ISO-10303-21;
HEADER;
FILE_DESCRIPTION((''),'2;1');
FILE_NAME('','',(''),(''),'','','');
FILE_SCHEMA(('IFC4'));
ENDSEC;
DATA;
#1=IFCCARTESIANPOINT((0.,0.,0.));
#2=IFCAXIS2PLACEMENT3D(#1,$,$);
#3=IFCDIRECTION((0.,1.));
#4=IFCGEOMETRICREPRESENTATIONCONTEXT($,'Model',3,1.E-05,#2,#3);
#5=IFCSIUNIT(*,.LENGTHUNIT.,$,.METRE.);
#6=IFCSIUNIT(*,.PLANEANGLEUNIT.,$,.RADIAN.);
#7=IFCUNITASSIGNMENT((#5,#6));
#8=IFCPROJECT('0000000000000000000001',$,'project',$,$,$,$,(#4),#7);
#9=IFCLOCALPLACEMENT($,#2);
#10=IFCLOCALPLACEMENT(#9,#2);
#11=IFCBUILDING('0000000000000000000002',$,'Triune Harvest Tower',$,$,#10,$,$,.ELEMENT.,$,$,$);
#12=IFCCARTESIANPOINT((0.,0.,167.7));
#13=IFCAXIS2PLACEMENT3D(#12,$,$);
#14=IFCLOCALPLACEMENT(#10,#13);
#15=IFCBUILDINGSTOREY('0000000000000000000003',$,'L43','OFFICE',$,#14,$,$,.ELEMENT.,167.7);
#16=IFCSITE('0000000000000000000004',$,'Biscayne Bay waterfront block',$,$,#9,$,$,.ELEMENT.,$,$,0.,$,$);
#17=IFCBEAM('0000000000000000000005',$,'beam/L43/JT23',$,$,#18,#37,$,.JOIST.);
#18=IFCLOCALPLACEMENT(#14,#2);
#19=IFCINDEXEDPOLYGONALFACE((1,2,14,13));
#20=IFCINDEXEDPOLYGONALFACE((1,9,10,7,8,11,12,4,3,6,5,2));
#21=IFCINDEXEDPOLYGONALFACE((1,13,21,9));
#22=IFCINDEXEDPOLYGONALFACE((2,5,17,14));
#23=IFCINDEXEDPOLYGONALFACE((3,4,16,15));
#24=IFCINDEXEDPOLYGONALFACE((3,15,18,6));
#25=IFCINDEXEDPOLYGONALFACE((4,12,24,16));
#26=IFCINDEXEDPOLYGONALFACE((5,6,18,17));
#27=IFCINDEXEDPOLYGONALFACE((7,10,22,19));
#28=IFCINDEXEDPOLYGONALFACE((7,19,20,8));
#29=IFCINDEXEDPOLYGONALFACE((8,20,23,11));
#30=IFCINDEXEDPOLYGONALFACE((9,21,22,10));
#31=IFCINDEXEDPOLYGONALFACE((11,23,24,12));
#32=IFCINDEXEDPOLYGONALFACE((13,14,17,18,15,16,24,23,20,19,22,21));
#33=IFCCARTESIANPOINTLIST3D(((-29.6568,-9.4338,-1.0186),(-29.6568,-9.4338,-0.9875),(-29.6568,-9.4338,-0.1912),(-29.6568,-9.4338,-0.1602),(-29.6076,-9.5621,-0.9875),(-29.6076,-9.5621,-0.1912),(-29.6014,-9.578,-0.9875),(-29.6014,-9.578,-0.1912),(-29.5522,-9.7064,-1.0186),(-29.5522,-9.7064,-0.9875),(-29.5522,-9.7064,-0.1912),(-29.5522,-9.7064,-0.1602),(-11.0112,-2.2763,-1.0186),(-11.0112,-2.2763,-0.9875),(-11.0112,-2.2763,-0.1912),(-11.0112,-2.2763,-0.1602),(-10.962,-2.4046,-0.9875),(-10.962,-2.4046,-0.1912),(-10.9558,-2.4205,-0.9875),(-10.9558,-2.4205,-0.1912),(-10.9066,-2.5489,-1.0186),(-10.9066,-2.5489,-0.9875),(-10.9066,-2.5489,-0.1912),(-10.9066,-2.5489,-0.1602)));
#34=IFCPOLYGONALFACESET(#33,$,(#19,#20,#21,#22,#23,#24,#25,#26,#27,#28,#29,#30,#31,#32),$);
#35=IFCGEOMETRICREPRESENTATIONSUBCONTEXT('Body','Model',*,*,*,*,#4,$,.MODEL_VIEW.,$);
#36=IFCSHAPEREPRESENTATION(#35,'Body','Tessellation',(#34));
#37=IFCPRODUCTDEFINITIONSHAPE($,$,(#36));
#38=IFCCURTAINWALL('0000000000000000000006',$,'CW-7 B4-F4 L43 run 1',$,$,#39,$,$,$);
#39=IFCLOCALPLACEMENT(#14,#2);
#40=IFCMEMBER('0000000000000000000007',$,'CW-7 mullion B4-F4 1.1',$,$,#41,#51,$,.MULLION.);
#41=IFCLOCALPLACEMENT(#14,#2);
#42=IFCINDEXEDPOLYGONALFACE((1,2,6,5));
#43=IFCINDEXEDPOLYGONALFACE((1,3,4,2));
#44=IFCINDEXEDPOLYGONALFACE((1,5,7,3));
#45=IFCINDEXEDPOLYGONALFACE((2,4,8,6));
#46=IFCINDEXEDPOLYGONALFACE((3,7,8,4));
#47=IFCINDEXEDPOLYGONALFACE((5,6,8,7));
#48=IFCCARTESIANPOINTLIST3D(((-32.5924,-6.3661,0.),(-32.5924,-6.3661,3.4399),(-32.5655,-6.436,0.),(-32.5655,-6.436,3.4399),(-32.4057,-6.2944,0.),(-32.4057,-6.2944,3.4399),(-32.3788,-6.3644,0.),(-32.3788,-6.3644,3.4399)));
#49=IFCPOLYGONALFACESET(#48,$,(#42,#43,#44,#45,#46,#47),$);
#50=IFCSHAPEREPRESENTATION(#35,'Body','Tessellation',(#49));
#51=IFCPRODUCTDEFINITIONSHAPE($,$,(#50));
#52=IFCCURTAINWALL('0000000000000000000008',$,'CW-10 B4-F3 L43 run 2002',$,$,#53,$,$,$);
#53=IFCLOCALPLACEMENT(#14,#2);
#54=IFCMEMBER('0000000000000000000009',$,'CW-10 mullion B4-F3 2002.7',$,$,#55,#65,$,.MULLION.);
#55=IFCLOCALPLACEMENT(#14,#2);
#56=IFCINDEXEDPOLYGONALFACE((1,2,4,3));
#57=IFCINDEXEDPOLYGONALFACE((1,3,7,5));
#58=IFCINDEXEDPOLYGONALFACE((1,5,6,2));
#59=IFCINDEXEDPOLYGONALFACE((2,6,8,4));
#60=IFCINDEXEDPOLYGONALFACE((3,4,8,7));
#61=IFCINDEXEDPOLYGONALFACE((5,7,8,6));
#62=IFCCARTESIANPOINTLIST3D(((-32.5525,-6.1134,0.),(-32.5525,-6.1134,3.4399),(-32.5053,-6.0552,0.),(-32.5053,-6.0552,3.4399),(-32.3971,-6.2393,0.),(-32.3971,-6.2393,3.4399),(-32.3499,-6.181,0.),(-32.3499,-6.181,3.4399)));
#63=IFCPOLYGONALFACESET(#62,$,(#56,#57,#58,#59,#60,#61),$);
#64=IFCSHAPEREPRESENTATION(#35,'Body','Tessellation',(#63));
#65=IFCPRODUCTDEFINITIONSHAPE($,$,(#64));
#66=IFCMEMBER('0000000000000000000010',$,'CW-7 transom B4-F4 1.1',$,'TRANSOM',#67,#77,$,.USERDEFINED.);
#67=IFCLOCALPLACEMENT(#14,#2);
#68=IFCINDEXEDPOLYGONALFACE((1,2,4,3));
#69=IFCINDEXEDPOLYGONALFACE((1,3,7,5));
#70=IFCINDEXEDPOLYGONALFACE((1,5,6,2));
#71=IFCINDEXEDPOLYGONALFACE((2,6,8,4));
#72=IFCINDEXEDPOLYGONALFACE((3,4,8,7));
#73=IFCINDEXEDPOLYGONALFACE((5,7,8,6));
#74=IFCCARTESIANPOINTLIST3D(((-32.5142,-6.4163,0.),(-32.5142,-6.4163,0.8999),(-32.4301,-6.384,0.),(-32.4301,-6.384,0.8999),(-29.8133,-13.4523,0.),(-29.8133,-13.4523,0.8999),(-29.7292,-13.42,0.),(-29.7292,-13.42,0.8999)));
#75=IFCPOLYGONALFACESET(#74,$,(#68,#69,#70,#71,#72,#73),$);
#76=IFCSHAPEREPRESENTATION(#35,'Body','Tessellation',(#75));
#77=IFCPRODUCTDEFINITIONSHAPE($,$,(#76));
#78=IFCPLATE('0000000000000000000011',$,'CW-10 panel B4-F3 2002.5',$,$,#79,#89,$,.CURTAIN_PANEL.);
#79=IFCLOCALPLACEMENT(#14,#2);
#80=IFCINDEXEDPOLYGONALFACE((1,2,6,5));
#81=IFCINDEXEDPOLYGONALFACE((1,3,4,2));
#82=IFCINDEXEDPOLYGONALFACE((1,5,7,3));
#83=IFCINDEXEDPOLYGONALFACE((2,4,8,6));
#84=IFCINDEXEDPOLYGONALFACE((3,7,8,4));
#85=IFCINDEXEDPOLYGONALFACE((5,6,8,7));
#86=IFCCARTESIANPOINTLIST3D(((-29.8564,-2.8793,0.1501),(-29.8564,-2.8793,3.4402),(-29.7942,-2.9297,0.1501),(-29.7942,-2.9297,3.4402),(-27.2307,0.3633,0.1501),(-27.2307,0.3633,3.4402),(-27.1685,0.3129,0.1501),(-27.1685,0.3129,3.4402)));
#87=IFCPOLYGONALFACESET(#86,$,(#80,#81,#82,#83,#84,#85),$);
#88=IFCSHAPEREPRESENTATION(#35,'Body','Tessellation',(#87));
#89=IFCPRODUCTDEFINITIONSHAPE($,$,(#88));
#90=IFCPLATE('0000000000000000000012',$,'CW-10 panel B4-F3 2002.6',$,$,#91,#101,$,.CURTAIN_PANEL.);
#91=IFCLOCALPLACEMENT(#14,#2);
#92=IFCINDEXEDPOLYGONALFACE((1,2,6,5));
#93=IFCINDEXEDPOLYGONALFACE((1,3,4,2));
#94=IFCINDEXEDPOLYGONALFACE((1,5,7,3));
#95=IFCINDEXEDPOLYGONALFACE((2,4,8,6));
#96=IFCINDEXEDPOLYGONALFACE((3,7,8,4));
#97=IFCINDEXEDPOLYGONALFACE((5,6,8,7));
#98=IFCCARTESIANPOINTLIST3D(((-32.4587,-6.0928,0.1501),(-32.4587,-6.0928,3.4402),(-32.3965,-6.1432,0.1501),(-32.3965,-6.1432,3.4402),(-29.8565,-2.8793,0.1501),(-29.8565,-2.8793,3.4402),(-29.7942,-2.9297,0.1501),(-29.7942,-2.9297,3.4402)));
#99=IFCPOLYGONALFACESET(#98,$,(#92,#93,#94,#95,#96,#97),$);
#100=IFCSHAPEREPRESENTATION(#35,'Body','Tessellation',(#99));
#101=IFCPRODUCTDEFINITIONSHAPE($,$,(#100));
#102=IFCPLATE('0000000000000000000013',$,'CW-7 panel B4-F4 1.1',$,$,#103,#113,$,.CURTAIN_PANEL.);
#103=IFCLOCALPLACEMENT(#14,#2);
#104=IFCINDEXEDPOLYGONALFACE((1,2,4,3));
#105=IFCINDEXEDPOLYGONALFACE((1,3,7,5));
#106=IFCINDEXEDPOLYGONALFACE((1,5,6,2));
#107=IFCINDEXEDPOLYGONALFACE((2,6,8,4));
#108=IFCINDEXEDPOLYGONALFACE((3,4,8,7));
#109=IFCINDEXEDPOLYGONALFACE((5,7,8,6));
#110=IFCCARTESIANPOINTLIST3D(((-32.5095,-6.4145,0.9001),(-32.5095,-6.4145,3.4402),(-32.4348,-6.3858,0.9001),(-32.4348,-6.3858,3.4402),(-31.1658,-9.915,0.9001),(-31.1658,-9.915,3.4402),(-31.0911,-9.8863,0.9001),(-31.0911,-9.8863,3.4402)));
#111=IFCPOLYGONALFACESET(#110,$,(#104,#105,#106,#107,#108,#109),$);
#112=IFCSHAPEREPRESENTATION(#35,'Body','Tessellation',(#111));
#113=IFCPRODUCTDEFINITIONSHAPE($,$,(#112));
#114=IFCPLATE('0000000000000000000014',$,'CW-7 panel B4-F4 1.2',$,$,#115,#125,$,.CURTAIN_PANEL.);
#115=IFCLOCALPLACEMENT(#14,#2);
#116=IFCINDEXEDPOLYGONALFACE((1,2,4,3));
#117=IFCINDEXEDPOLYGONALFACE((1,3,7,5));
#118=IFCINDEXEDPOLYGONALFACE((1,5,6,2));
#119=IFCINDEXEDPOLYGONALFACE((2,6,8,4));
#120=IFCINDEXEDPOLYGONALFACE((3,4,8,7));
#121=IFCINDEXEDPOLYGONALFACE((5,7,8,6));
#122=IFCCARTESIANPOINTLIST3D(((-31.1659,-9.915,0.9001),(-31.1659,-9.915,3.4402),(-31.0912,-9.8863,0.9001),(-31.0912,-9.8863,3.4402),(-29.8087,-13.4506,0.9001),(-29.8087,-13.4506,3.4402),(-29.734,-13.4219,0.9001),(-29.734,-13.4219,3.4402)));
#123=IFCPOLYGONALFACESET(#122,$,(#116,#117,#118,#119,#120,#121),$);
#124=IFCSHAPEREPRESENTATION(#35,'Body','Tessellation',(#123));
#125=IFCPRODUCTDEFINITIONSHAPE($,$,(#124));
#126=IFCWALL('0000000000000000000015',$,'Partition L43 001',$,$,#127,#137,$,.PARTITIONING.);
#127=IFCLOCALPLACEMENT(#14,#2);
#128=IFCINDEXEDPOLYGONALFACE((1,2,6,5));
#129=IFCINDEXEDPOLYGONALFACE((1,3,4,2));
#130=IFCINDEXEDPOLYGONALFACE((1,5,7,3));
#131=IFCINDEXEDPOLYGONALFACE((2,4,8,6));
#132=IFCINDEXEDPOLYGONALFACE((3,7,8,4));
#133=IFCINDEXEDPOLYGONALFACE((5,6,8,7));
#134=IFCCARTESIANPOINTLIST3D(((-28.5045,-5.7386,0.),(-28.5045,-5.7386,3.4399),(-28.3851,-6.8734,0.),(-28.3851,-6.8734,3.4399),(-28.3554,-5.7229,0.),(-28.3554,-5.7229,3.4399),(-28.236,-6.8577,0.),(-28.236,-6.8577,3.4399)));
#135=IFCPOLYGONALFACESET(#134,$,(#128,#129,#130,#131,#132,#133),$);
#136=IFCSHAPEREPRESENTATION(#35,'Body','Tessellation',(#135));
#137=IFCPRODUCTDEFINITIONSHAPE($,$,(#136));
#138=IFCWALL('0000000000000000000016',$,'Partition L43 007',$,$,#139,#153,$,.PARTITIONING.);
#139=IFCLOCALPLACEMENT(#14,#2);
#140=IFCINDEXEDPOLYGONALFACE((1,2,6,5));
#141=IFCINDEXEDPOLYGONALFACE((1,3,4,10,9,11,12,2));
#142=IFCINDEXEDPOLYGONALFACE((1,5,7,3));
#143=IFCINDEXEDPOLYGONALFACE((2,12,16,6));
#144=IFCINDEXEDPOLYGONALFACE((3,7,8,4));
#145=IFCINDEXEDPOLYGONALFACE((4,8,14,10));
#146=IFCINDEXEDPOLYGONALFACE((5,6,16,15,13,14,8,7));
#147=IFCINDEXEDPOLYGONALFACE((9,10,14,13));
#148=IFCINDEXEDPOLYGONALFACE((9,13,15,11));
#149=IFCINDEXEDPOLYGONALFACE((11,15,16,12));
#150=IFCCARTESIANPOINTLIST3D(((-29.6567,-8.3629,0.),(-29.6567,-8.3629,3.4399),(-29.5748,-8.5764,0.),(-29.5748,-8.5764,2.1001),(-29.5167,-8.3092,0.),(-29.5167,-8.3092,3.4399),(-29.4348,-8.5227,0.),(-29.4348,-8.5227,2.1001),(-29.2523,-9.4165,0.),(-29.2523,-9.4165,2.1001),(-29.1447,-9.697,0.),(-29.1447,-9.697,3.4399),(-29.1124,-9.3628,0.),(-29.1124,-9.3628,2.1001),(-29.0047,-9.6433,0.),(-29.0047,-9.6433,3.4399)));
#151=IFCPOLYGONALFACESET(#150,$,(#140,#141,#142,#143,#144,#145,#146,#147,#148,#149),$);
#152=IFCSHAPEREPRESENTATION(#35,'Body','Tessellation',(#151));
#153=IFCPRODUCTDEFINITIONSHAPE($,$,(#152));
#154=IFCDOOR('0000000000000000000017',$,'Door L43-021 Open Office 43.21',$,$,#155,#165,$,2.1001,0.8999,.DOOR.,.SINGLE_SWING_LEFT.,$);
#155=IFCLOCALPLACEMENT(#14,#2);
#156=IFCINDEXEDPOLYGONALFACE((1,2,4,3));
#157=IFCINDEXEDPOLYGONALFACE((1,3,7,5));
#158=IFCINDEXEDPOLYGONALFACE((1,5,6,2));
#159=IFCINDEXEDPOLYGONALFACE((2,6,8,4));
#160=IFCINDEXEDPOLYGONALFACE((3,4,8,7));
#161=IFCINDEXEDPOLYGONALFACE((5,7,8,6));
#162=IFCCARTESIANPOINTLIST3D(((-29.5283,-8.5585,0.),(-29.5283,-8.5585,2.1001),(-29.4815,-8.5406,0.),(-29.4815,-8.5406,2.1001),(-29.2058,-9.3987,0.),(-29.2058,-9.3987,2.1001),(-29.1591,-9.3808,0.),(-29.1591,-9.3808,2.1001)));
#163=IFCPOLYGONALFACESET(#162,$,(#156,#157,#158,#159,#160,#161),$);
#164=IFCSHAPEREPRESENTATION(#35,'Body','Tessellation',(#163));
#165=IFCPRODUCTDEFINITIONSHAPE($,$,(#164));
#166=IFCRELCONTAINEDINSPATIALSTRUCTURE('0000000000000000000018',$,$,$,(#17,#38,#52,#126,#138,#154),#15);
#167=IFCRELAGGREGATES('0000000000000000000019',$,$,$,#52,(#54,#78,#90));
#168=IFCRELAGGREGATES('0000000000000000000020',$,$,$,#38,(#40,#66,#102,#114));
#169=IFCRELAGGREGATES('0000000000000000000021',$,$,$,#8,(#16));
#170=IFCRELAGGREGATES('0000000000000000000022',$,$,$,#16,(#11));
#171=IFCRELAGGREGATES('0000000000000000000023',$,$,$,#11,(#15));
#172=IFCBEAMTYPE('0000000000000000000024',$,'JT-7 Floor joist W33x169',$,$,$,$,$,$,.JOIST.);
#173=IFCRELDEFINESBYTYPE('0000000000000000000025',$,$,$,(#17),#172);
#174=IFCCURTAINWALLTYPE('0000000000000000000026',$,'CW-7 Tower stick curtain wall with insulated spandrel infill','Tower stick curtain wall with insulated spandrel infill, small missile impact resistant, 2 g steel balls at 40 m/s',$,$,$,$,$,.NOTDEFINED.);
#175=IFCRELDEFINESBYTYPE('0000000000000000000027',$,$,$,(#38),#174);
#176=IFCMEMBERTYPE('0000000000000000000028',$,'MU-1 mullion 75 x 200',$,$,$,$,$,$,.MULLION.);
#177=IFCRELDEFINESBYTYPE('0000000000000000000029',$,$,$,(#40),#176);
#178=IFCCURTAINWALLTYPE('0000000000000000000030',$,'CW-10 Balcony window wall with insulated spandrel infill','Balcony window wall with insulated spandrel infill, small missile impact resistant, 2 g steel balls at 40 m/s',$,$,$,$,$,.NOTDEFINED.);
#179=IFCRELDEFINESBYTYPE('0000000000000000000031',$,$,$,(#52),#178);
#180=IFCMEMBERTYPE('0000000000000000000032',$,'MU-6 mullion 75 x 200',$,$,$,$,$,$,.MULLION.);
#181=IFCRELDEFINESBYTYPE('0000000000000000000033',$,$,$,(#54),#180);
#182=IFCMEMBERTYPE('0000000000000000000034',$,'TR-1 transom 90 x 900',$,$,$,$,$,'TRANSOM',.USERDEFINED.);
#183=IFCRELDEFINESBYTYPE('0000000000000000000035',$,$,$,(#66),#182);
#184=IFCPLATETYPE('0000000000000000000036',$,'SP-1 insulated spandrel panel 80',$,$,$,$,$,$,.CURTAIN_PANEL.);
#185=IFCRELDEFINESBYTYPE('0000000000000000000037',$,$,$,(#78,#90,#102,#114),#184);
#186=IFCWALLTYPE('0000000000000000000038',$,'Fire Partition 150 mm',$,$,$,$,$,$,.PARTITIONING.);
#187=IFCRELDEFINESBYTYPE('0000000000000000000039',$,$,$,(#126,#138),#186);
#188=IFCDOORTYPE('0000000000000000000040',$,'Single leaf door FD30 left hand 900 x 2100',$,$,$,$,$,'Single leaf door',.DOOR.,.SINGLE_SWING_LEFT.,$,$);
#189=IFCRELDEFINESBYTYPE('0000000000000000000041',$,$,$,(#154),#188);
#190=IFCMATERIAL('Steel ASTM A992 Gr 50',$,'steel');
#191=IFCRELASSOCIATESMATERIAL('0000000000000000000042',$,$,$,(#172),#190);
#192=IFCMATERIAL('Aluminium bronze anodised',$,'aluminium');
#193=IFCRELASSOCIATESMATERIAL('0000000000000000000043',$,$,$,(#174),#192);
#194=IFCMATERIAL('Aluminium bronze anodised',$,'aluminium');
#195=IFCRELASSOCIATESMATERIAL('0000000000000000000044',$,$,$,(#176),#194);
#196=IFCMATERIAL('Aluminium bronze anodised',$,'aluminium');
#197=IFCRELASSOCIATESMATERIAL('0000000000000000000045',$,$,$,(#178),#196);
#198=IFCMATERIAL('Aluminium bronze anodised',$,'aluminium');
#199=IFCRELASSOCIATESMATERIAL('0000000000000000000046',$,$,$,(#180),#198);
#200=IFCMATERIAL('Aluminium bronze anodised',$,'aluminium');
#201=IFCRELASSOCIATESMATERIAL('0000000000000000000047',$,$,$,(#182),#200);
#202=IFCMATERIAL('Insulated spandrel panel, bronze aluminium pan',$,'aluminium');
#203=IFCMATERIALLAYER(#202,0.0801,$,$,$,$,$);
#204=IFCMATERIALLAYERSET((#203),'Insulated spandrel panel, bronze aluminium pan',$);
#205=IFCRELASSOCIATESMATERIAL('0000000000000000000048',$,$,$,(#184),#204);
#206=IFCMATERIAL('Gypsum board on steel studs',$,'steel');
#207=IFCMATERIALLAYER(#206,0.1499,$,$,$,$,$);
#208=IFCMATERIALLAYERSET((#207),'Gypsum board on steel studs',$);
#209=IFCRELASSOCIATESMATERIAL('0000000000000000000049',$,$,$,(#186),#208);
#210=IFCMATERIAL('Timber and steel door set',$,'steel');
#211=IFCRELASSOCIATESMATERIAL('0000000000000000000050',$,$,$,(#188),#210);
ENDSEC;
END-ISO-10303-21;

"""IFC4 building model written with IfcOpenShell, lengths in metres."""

from ifc_helpers import new_model, si_unit, direction, frame, frame_2d, origin, origin_2d, place, context, subcontext, project, spatial, rectangle, i_section, extrude, source, transform, mapped, material, layer, layer_set, material_profile, profile_set, type_object, element, fill, aggregate, save


model = new_model("IFC4")

# Units and contexts
model_context = context("Model", 3, precision=1e-05, world=origin(), true_north=direction((0.0, 1.0)))
body_context = subcontext(model_context, "Body", "Model", "MODEL_VIEW")
ifc_project = project(units=[si_unit("LENGTHUNIT", "METRE"), si_unit("PLANEANGLEUNIT", "RADIAN")], contexts=[model_context])

# Site, building, storey
site_placement = place(None, origin())
site = spatial("IfcSite", under=ifc_project, at=site_placement, Name="Biscayne Bay waterfront block", CompositionType="ELEMENT", RefElevation=0.0)
building_placement = place(site_placement, origin())
building = spatial("IfcBuilding", under=site, at=building_placement, Name="Triune Harvest Tower", CompositionType="ELEMENT")
storey_placement = place(building_placement, frame((0.0, 0.0, 167.7)))
storey = spatial("IfcBuildingStorey", under=building, at=storey_placement, Name="L43", Description="OFFICE", CompositionType="ELEMENT", Elevation=167.7)

# Beam
ifc_material_1 = material(Name="Steel ASTM A992 Gr 50", Category="steel")
ifc_material_profile_1 = material_profile(ifc_material_1, i_section(OverallWidth=0.292, OverallDepth=0.8584, WebThickness=0.0171, FlangeThickness=0.031, at=origin_2d()), Name="W33x169")
ifc_profile_set_1 = profile_set([ifc_material_profile_1], Name="Steel ASTM A992 Gr 50")
beam_type_1 = type_object("IfcBeamType", Name="JT-7 Floor joist W33x169", PredefinedType="JOIST", material=ifc_profile_set_1)
shared_shape_1 = source(origin(), body_context, "Body", "SweptSolid", [
    extrude(i_section(OverallWidth=0.292, OverallDepth=0.8584, WebThickness=0.0171, FlangeThickness=0.031, at=origin_2d()), origin(), (0.0, 0.0, 1.0), 19.9722),
])
beam_1_placement = place(storey_placement, frame((-29.6045, -9.5701, -0.5894), z_axis=(0.933578, 0.358374, 0.0), x_axis=(-0.358374, 0.933578, 0.0)))
element("IfcBeam", 1, at=beam_1_placement, inside=storey, type_object=beam_type_1, Name="beam/L43/JT23", PredefinedType="JOIST", context=body_context, shape_type="MappedRepresentation", body=[
    mapped(shared_shape_1, transform((0.0, 0.0, 0.0), scale=1.0)),
])

# Curtain walls, members
ifc_material_2 = material(Name="Aluminium bronze anodised", Category="aluminium")
curtain_wall_type_1 = type_object("IfcCurtainWallType", Name="CW-7 Tower stick curtain wall with insulated spandrel infill", Description="Tower stick curtain wall with insulated spandrel infill, small missile impact resistant, 2 g steel balls at 40 m/s", PredefinedType="NOTDEFINED", material=ifc_material_2)
curtain_wall_1_placement = place(storey_placement, origin())
curtain_wall_1 = element("IfcCurtainWall", 2, at=curtain_wall_1_placement, inside=storey, type_object=curtain_wall_type_1, Name="CW-7 B4-F4 L43 run 1")
ifc_material_3 = material(Name="Aluminium bronze anodised", Category="aluminium")
ifc_material_profile_2 = material_profile(ifc_material_3, rectangle(XDim=0.2, YDim=0.075, at=origin_2d()), Name="MU-1 mullion 75 x 200")
ifc_profile_set_2 = profile_set([ifc_material_profile_2], Name="Aluminium bronze anodised")
member_type_1 = type_object("IfcMemberType", Name="MU-1 mullion 75 x 200", PredefinedType="MULLION", material=ifc_profile_set_2)
shared_shape_2 = source(origin(), body_context, "Body", "SweptSolid", [
    extrude(rectangle(XDim=0.2, YDim=0.075, at=origin_2d()), origin(), (0.0, 0.0, 1.0), 3.4399),
])
member_1_placement = place(storey_placement, frame((-32.4856, -6.3652, 0.0), z_axis=(0.0, 0.0, 1.0), x_axis=(0.93358, 0.358369, 0.0)))
member_1 = element("IfcMember", 3, at=member_1_placement, type_object=member_type_1, Name="CW-7 mullion B4-F4 1.1", PredefinedType="MULLION", context=body_context, shape_type="MappedRepresentation", body=[
    mapped(shared_shape_2, transform((0.0, 0.0, 0.0), scale=1.0)),
])
ifc_material_4 = material(Name="Aluminium bronze anodised", Category="aluminium")
curtain_wall_type_2 = type_object("IfcCurtainWallType", Name="CW-10 Balcony window wall with insulated spandrel infill", Description="Balcony window wall with insulated spandrel infill, small missile impact resistant, 2 g steel balls at 40 m/s", PredefinedType="NOTDEFINED", material=ifc_material_4)
curtain_wall_2_placement = place(storey_placement, origin())
curtain_wall_2 = element("IfcCurtainWall", 4, at=curtain_wall_2_placement, inside=storey, type_object=curtain_wall_type_2, Name="CW-10 B4-F3 L43 run 2002")
ifc_material_5 = material(Name="Aluminium bronze anodised", Category="aluminium")
ifc_material_profile_3 = material_profile(ifc_material_5, rectangle(XDim=0.2, YDim=0.075, at=origin_2d()), Name="MU-6 mullion 75 x 200")
ifc_profile_set_3 = profile_set([ifc_material_profile_3], Name="Aluminium bronze anodised")
member_type_2 = type_object("IfcMemberType", Name="MU-6 mullion 75 x 200", PredefinedType="MULLION", material=ifc_profile_set_3)
shared_shape_3 = source(origin(), body_context, "Body", "SweptSolid", [
    extrude(rectangle(XDim=0.2, YDim=0.075, at=origin_2d()), origin(), (0.0, 0.0, 1.0), 3.4399),
])
member_2_placement = place(storey_placement, frame((-32.4512, -6.1472, 0.0), z_axis=(0.0, 0.0, 1.0), x_axis=(0.777145, -0.629322, 0.0)))
member_2 = element("IfcMember", 5, at=member_2_placement, type_object=member_type_2, Name="CW-10 mullion B4-F3 2002.7", PredefinedType="MULLION", context=body_context, shape_type="MappedRepresentation", body=[
    mapped(shared_shape_3, transform((0.0, 0.0, 0.0), scale=1.0)),
])

# Member
ifc_material_6 = material(Name="Aluminium bronze anodised", Category="aluminium")
ifc_material_profile_4 = material_profile(ifc_material_6, rectangle(XDim=0.0901, YDim=0.8999, at=origin_2d()), Name="TR-1 transom 90 x 900")
ifc_profile_set_4 = profile_set([ifc_material_profile_4], Name="Aluminium bronze anodised")
member_type_3 = type_object("IfcMemberType", Name="TR-1 transom 90 x 900", ElementType="TRANSOM", PredefinedType="USERDEFINED", material=ifc_profile_set_4)
shared_shape_4 = source(origin(), body_context, "Body", "SweptSolid", [
    extrude(rectangle(XDim=0.0901, YDim=0.8999, at=origin_2d()), origin(), (0.0, 0.0, 1.0), 7.5366),
])
member_3_placement = place(storey_placement, frame((-32.4722, -6.4001, 0.45), z_axis=(0.358369, -0.93358, 0.0), x_axis=(0.93358, 0.358369, 0.0)))
member_3 = element("IfcMember", 6, at=member_3_placement, type_object=member_type_3, Name="CW-7 transom B4-F4 1.1", ObjectType="TRANSOM", PredefinedType="USERDEFINED", context=body_context, shape_type="MappedRepresentation", body=[
    mapped(shared_shape_4, transform((0.0, 0.0, 0.0), scale=1.0)),
])

# Plates
ifc_material_7 = material(Name="Insulated spandrel panel, bronze aluminium pan", Category="aluminium")
ifc_layer_1 = layer(ifc_material_7, 0.0801)
ifc_layer_set_1 = layer_set([ifc_layer_1], Name="Insulated spandrel panel, bronze aluminium pan")
plate_type = type_object("IfcPlateType", Name="SP-1 insulated spandrel panel 80", PredefinedType="CURTAIN_PANEL", material=ifc_layer_set_1)
shared_shape_5 = source(origin(), body_context, "Body", "SweptSolid", [
    extrude(rectangle(XDim=4.1724, YDim=0.0801, at=origin_2d()), origin(), (0.0, 0.0, 1.0), 3.29),
])
plate_1_placement = place(storey_placement, frame((-28.5125, -1.2832, 0.1501), z_axis=(0.0, 0.0, 1.0), x_axis=(-0.629322, -0.777145, 0.0)))
plate_1 = element("IfcPlate", 7, at=plate_1_placement, type_object=plate_type, Name="CW-10 panel B4-F3 2002.5", PredefinedType="CURTAIN_PANEL", context=body_context, shape_type="MappedRepresentation", body=[
    mapped(shared_shape_5, transform((0.0, 0.0, 0.0), scale=1.0)),
])
shared_shape_6 = source(origin(), body_context, "Body", "SweptSolid", [
    extrude(rectangle(XDim=4.135, YDim=0.0801, at=origin_2d()), origin(), (0.0, 0.0, 1.0), 3.29),
])
plate_2_placement = place(storey_placement, frame((-31.1265, -4.5112, 0.1501), z_axis=(0.0, 0.0, 1.0), x_axis=(-0.629322, -0.777145, 0.0)))
plate_2 = element("IfcPlate", 8, at=plate_2_placement, type_object=plate_type, Name="CW-10 panel B4-F3 2002.6", PredefinedType="CURTAIN_PANEL", context=body_context, shape_type="MappedRepresentation", body=[
    mapped(shared_shape_6, transform((0.0, 0.0, 0.0), scale=1.0)),
])
aggregate(curtain_wall_2, [member_2, plate_1, plate_2])
shared_shape_7 = source(origin(), body_context, "Body", "SweptSolid", [
    extrude(rectangle(XDim=3.7495, YDim=0.0801, at=origin_2d()), origin(), (0.0, 0.0, 1.0), 2.54),
])
plate_3_placement = place(storey_placement, frame((-31.8003, -8.1504, 0.9001), z_axis=(0.0, 0.0, 1.0), x_axis=(0.358369, -0.93358, 0.0)))
plate_3 = element("IfcPlate", 9, at=plate_3_placement, type_object=plate_type, Name="CW-7 panel B4-F4 1.1", PredefinedType="CURTAIN_PANEL", context=body_context, shape_type="MappedRepresentation", body=[
    mapped(shared_shape_7, transform((0.0, 0.0, 0.0), scale=1.0)),
])
shared_shape_8 = source(origin(), body_context, "Body", "SweptSolid", [
    extrude(rectangle(XDim=3.7871, YDim=0.0801, at=origin_2d()), origin(), (0.0, 0.0, 1.0), 2.54),
])
plate_4_placement = place(storey_placement, frame((-30.45, -11.6685, 0.9001), z_axis=(0.0, 0.0, 1.0), x_axis=(0.358369, -0.93358, 0.0)))
plate_4 = element("IfcPlate", 10, at=plate_4_placement, type_object=plate_type, Name="CW-7 panel B4-F4 1.2", PredefinedType="CURTAIN_PANEL", context=body_context, shape_type="MappedRepresentation", body=[
    mapped(shared_shape_8, transform((0.0, 0.0, 0.0), scale=1.0)),
])
aggregate(curtain_wall_1, [member_1, member_3, plate_3, plate_4])

# Wall
ifc_material_8 = material(Name="Gypsum board on steel studs", Category="steel")
ifc_layer_2 = layer(ifc_material_8, 0.1499)
ifc_layer_set_2 = layer_set([ifc_layer_2], Name="Gypsum board on steel studs")
wall_type_1 = type_object("IfcWallType", Name="Fire Partition 150 mm", PredefinedType="PARTITIONING", material=ifc_layer_set_2)
wall_1_placement = place(storey_placement, frame((-28.4299, -5.7307, 0.0), z_axis=(0.0, 0.0, 1.0), x_axis=(0.104629, -0.994511, 0.0)))
element("IfcWall", 11, at=wall_1_placement, inside=storey, type_object=wall_type_1, Name="Partition L43 001", PredefinedType="PARTITIONING", context=body_context, shape_type="SweptSolid", body=[
    extrude(rectangle(XDim=1.1411, YDim=0.1499, at=frame_2d((0.5706, 0.0))), origin(), (0.0, 0.0, 1.0), 3.4399),
])

# Wall, opening, door
wall_2_placement = place(storey_placement, frame((-29.5867, -8.3362, 0.0), z_axis=(0.0, 0.0, 1.0), x_axis=(0.358303, -0.933605, 0.0)))
wall_2 = element("IfcWall", 12, at=wall_2_placement, inside=storey, type_object=wall_type_1, Name="Partition L43 007", PredefinedType="PARTITIONING", context=body_context, shape_type="SweptSolid", body=[
    extrude(rectangle(XDim=1.429, YDim=0.1499, at=frame_2d((0.7144, 0.0))), origin(), (0.0, 0.0, 1.0), 3.4399),
])
opening_1_placement = place(wall_2_placement, frame((0.2285, 0.0, 0.0)))
opening_1 = element("IfcOpeningElement", 13, at=opening_1_placement, cuts=wall_2, PredefinedType="OPENING", context=body_context, shape_type="SweptSolid", body=[
    extrude(rectangle(XDim=0.8999, YDim=2.1001, at=frame_2d((0.45, 1.05))), frame((0.0, 0.085, 0.0), z_axis=(0.0, -1.0, 0.0), x_axis=(1.0, 0.0, 0.0)), (0.0, 0.0, 1.0), 0.1699),
])
ifc_material_9 = material(Name="Timber and steel door set", Category="steel")
door_type_1 = type_object("IfcDoorType", Name="Single leaf door FD30 left hand 900 x 2100", ElementType="Single leaf door", OperationType="SINGLE_SWING_LEFT", PredefinedType="DOOR", material=ifc_material_9)
door_1_placement = place(opening_1_placement, origin())
door_1 = element("IfcDoor", 14, at=door_1_placement, inside=storey, type_object=door_type_1, Name="Door L43-021 Open Office 43.21", OperationType="SINGLE_SWING_LEFT", OverallHeight=2.1001, OverallWidth=0.8999, PredefinedType="DOOR", context=body_context, shape_type="SweptSolid", body=[
    extrude(rectangle(XDim=0.8999, YDim=2.1001, at=frame_2d((0.45, 1.05))), frame((0.0, 0.0249, 0.0), z_axis=(0.0, -1.0, 0.0), x_axis=(1.0, 0.0, 0.0)), (0.0, 0.0, 1.0), 0.05),
])
fill(opening_1, door_1)

save(model, "model.ifc")
